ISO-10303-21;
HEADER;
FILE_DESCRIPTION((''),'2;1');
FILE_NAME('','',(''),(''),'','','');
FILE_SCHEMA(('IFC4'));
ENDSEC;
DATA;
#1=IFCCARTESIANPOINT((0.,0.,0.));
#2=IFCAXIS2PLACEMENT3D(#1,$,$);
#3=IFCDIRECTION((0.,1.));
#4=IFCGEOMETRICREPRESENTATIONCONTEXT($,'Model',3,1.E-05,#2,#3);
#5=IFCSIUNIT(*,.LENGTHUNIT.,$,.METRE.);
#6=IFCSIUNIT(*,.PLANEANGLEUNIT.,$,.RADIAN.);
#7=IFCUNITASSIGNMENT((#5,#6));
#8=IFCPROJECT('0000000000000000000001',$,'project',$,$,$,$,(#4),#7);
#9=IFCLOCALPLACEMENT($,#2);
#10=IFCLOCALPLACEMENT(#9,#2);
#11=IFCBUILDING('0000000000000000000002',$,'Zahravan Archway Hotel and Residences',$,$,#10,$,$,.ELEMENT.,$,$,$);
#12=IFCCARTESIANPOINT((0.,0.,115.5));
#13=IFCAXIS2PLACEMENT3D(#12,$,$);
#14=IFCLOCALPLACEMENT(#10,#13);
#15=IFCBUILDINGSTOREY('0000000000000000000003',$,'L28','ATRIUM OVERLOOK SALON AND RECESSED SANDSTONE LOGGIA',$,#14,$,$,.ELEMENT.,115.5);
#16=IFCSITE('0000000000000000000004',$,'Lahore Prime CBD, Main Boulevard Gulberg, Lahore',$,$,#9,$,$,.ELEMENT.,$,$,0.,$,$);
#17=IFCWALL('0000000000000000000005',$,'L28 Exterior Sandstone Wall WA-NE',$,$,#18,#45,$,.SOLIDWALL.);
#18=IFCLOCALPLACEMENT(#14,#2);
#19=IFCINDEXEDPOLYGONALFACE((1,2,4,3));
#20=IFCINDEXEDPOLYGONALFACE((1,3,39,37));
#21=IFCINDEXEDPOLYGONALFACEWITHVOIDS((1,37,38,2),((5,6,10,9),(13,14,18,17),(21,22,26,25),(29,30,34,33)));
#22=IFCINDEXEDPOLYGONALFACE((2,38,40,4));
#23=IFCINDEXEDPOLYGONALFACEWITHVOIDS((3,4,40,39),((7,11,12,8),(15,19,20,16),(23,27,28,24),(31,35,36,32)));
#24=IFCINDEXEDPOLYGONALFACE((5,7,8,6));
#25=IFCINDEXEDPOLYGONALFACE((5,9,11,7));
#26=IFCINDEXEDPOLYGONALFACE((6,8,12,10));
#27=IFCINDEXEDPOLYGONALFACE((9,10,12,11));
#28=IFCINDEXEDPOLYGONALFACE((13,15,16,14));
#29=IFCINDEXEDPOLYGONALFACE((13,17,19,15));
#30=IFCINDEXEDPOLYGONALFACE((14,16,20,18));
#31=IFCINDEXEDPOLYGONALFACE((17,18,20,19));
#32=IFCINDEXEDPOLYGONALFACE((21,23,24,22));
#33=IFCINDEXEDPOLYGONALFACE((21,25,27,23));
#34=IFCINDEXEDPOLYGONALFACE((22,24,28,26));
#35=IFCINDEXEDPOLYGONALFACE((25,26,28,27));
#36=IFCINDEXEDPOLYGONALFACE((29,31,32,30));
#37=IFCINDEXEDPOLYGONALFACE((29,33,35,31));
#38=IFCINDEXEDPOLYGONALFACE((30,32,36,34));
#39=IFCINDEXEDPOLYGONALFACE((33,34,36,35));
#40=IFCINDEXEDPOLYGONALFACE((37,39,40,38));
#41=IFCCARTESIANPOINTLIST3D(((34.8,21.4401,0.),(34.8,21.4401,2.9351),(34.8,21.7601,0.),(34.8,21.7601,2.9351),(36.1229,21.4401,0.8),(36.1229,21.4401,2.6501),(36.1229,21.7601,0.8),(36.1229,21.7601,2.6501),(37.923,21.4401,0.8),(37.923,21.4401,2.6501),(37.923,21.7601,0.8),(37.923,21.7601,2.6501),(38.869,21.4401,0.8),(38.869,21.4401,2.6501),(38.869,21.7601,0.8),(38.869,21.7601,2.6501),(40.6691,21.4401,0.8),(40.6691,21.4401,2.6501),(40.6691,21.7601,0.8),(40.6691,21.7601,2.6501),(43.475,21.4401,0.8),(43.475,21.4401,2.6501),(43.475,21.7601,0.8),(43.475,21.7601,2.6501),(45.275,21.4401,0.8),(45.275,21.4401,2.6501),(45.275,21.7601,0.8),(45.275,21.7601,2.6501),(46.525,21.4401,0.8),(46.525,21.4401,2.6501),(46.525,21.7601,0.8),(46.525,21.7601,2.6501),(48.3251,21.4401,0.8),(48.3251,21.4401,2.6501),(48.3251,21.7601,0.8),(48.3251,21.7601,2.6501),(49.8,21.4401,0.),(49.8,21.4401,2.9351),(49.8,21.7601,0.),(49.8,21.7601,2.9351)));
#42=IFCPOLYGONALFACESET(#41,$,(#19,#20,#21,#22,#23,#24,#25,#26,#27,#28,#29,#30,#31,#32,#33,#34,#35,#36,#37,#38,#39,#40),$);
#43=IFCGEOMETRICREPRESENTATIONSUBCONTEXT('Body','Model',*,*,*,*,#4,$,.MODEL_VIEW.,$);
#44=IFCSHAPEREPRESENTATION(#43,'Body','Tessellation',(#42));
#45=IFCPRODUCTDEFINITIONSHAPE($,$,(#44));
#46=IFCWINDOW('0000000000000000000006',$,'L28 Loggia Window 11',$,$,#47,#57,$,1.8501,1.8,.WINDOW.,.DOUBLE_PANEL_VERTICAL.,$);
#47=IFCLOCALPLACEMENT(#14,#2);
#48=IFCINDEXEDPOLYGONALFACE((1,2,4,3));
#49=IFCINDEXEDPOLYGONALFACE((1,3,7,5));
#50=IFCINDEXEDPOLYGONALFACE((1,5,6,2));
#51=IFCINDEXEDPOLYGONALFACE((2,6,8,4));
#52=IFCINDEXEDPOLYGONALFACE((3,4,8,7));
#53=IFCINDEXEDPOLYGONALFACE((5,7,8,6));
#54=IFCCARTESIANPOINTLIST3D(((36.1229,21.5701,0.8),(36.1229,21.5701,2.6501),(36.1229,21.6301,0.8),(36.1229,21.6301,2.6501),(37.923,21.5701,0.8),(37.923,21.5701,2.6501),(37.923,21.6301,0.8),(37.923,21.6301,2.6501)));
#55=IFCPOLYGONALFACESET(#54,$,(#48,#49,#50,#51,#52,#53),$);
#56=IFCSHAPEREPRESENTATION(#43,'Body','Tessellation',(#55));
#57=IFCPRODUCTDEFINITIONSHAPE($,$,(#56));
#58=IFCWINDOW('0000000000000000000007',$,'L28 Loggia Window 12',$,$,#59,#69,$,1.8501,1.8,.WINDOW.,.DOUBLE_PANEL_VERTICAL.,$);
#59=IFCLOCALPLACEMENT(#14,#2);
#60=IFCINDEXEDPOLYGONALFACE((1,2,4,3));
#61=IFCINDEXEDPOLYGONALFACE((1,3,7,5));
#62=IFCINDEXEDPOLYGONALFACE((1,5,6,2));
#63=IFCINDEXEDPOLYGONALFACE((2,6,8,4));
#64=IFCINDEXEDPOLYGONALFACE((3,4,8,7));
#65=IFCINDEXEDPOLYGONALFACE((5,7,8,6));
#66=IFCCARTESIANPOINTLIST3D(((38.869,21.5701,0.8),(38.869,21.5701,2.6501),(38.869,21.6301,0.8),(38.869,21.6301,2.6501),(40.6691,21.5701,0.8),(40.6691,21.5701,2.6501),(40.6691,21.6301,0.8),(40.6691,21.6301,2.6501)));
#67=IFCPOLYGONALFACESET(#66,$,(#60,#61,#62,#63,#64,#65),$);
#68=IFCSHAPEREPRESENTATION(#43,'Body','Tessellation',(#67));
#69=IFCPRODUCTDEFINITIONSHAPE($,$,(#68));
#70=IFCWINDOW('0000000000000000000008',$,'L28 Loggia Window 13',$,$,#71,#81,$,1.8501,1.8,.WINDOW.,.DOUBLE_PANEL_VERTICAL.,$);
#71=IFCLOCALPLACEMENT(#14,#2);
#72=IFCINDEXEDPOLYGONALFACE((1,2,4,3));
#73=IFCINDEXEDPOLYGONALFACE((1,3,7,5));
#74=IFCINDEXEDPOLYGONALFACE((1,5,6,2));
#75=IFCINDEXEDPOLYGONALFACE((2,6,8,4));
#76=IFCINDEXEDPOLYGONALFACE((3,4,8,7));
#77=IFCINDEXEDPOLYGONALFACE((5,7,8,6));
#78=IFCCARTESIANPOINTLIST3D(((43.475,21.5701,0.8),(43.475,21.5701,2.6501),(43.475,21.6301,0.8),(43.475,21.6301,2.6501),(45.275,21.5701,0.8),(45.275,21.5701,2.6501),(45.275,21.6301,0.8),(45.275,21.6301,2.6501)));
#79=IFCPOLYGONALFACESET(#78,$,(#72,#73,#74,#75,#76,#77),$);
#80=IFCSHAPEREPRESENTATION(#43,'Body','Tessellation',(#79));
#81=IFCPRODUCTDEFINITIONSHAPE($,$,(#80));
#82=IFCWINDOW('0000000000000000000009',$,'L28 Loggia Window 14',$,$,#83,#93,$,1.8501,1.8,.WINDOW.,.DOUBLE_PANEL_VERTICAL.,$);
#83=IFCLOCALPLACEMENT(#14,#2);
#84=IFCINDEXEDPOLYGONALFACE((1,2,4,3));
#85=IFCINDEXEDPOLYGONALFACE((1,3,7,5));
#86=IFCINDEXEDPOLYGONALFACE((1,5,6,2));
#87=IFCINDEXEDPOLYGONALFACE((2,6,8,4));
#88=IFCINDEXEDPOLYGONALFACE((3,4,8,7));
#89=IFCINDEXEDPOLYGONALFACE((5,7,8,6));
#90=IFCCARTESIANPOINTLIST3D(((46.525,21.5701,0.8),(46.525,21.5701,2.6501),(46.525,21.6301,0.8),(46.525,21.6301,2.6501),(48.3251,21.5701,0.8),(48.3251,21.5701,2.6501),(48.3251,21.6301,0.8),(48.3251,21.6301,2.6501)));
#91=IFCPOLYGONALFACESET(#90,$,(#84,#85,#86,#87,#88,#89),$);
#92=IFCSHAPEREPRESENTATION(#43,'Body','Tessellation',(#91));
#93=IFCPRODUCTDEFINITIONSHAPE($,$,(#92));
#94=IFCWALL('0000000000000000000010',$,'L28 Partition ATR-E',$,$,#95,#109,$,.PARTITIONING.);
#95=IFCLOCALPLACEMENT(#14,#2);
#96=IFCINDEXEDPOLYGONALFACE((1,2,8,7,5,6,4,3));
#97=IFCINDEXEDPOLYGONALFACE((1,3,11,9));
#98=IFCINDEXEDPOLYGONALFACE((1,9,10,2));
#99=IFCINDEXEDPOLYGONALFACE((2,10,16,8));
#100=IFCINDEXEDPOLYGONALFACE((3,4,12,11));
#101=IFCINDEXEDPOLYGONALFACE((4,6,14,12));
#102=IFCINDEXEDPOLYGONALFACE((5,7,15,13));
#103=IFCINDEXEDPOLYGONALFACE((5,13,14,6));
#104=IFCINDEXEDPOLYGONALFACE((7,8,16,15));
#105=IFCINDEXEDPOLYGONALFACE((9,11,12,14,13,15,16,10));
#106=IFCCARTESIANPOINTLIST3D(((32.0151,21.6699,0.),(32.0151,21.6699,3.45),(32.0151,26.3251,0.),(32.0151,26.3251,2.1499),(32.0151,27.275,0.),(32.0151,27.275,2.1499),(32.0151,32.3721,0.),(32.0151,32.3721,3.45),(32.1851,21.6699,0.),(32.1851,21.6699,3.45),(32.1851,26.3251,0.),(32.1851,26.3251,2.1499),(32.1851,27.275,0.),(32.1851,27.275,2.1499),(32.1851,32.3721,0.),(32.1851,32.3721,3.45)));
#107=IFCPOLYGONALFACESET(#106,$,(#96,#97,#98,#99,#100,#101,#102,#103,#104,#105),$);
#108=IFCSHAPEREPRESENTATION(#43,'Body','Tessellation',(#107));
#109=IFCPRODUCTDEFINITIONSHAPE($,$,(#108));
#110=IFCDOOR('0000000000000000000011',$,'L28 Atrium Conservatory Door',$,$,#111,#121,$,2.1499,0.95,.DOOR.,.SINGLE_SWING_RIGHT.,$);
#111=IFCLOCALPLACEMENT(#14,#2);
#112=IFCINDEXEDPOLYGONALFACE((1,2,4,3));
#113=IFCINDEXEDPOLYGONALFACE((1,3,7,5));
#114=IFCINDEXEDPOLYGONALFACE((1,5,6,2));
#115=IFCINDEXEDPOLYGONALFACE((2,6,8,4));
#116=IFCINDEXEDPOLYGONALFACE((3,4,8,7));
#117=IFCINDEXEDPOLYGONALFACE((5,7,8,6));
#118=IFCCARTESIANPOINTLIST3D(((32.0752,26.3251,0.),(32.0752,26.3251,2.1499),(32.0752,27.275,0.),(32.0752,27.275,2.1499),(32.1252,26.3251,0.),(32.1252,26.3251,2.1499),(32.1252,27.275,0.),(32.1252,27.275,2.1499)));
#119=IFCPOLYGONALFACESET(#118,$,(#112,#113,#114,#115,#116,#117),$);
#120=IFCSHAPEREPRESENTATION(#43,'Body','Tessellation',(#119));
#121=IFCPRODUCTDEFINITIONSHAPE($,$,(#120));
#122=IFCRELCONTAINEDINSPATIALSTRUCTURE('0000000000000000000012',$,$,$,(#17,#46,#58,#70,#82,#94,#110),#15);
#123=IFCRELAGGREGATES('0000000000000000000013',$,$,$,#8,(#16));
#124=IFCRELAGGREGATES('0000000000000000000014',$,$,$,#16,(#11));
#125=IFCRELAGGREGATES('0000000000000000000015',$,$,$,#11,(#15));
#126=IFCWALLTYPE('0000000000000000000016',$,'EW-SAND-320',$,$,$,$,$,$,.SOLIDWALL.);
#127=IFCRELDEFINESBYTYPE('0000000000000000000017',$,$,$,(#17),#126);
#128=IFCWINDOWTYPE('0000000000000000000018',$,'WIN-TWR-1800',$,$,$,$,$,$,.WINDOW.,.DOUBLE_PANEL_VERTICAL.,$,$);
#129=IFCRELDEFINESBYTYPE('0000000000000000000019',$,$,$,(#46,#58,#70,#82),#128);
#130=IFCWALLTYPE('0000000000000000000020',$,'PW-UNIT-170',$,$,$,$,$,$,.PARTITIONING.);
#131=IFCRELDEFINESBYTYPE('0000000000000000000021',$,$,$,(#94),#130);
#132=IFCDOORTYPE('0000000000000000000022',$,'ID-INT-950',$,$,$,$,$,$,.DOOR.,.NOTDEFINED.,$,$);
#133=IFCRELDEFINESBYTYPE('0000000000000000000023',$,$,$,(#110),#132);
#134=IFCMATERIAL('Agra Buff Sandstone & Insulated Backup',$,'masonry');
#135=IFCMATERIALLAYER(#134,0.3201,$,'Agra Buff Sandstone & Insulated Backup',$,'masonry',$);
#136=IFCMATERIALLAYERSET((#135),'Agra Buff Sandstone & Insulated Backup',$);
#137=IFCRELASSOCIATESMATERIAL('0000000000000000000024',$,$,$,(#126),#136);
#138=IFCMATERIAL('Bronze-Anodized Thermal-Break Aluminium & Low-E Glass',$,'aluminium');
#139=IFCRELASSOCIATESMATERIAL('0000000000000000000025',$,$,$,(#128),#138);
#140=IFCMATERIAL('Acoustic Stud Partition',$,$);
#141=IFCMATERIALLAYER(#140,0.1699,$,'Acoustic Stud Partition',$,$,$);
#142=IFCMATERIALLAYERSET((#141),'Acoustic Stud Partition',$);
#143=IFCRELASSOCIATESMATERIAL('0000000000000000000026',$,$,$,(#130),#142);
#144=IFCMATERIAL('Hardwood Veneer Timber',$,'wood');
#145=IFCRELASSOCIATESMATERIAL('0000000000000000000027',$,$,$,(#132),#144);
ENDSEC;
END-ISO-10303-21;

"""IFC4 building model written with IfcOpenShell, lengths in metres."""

from ifc_helpers import new_model, si_unit, direction, frame, frame_2d, origin, place, context, subcontext, project, spatial, rectangle, extrude, source, transform, mapped, material, layer, layer_set, type_object, type_shapes, element, fill, save


model = new_model("IFC4")

# Units and contexts
model_context = context("Model", 3, precision=1e-05, world=origin(), true_north=direction((0.0, 1.0)))
body_context = subcontext(model_context, "Body", "Model", "MODEL_VIEW")
ifc_project = project(units=[si_unit("LENGTHUNIT", "METRE"), si_unit("PLANEANGLEUNIT", "RADIAN")], contexts=[model_context])

# Site, building, storey
site_placement = place(None, origin())
site = spatial("IfcSite", under=ifc_project, at=site_placement, Name="Lahore Prime CBD, Main Boulevard Gulberg, Lahore", CompositionType="ELEMENT", RefElevation=0.0)
building_placement = place(site_placement, origin())
building = spatial("IfcBuilding", under=site, at=building_placement, Name="Zahravan Archway Hotel and Residences", CompositionType="ELEMENT")
storey_placement = place(building_placement, frame((0.0, 0.0, 115.5)))
storey = spatial("IfcBuildingStorey", under=building, at=storey_placement, Name="L28", Description="ATRIUM OVERLOOK SALON AND RECESSED SANDSTONE LOGGIA", CompositionType="ELEMENT", Elevation=115.5)

# Wall, openings, windows
ifc_material_1 = material(Name="Agra Buff Sandstone & Insulated Backup", Category="masonry")
ifc_layer_1 = layer(ifc_material_1, 0.3201, Name="Agra Buff Sandstone & Insulated Backup", Category="masonry")
ifc_layer_set_1 = layer_set([ifc_layer_1], Name="Agra Buff Sandstone & Insulated Backup")
wall_type_1 = type_object("IfcWallType", Name="EW-SAND-320", PredefinedType="SOLIDWALL", material=ifc_layer_set_1)
wall_1_placement = place(storey_placement, frame((34.8, 21.6001, 0.0), z_axis=(0.0, 0.0, 1.0), x_axis=(1.0, 0.0, 0.0)))
wall_1 = element("IfcWall", 1, at=wall_1_placement, inside=storey, type_object=wall_type_1, Name="L28 Exterior Sandstone Wall WA-NE", PredefinedType="SOLIDWALL", context=body_context, shape_type="SweptSolid", body=[
    extrude(rectangle(XDim=15.0, YDim=0.3201, at=frame_2d((7.5, 0.0))), origin(), (0.0, 0.0, 1.0), 2.9351),
])
opening_1_placement = place(wall_1_placement, frame((1.323, 0.0, 0.8)))
opening_1 = element("IfcOpeningElement", 2, at=opening_1_placement, cuts=wall_1, PredefinedType="OPENING", context=body_context, shape_type="SweptSolid", body=[
    extrude(rectangle(XDim=1.8, YDim=1.8501, at=frame_2d((0.8999, 0.925))), frame((0.0, 0.1699, 0.0), z_axis=(0.0, -1.0, 0.0), x_axis=(1.0, 0.0, 0.0)), (0.0, 0.0, 1.0), 0.3401),
])
opening_2_placement = place(wall_1_placement, frame((4.0691, 0.0, 0.8)))
opening_2 = element("IfcOpeningElement", 3, at=opening_2_placement, cuts=wall_1, PredefinedType="OPENING", context=body_context, shape_type="SweptSolid", body=[
    extrude(rectangle(XDim=1.8, YDim=1.8501, at=frame_2d((0.8999, 0.925))), frame((0.0, 0.1699, 0.0), z_axis=(0.0, -1.0, 0.0), x_axis=(1.0, 0.0, 0.0)), (0.0, 0.0, 1.0), 0.3401),
])
opening_3_placement = place(wall_1_placement, frame((8.675, 0.0, 0.8)))
opening_3 = element("IfcOpeningElement", 4, at=opening_3_placement, cuts=wall_1, PredefinedType="OPENING", context=body_context, shape_type="SweptSolid", body=[
    extrude(rectangle(XDim=1.8, YDim=1.8501, at=frame_2d((0.8999, 0.925))), frame((0.0, 0.1699, 0.0), z_axis=(0.0, -1.0, 0.0), x_axis=(1.0, 0.0, 0.0)), (0.0, 0.0, 1.0), 0.3401),
])
opening_4_placement = place(wall_1_placement, frame((11.7251, 0.0, 0.8)))
opening_4 = element("IfcOpeningElement", 5, at=opening_4_placement, cuts=wall_1, PredefinedType="OPENING", context=body_context, shape_type="SweptSolid", body=[
    extrude(rectangle(XDim=1.8, YDim=1.8501, at=frame_2d((0.8999, 0.925))), frame((0.0, 0.1699, 0.0), z_axis=(0.0, -1.0, 0.0), x_axis=(1.0, 0.0, 0.0)), (0.0, 0.0, 1.0), 0.3401),
])
ifc_material_2 = material(Name="Bronze-Anodized Thermal-Break Aluminium & Low-E Glass", Category="aluminium")
window_type = type_object("IfcWindowType", Name="WIN-TWR-1800", PartitioningType="DOUBLE_PANEL_VERTICAL", PredefinedType="WINDOW", material=ifc_material_2)
shared_shape_1 = source(origin(), body_context, "Body", "SweptSolid", [
    extrude(rectangle(XDim=1.8, YDim=1.8501, at=frame_2d((0.8999, 0.925))), frame((0.0, 0.03, 0.0), z_axis=(0.0, -1.0, 0.0), x_axis=(1.0, 0.0, 0.0)), (0.0, 0.0, 1.0), 0.0601),
])
type_shapes(window_type, [shared_shape_1])
window_1_placement = place(opening_1_placement, origin())
window_1 = element("IfcWindow", 6, at=window_1_placement, inside=storey, type_object=window_type, Name="L28 Loggia Window 11", OverallHeight=1.8501, OverallWidth=1.8, PartitioningType="DOUBLE_PANEL_VERTICAL", PredefinedType="WINDOW", context=body_context, shape_type="MappedRepresentation", body=[
    mapped(shared_shape_1, transform((0.0, 0.0, 0.0), scale=1.0)),
])
fill(opening_1, window_1)
window_2_placement = place(opening_2_placement, origin())
window_2 = element("IfcWindow", 7, at=window_2_placement, inside=storey, type_object=window_type, Name="L28 Loggia Window 12", OverallHeight=1.8501, OverallWidth=1.8, PartitioningType="DOUBLE_PANEL_VERTICAL", PredefinedType="WINDOW", context=body_context, shape_type="MappedRepresentation", body=[
    mapped(shared_shape_1, transform((0.0, 0.0, 0.0), scale=1.0)),
])
fill(opening_2, window_2)
window_3_placement = place(opening_3_placement, origin())
window_3 = element("IfcWindow", 8, at=window_3_placement, inside=storey, type_object=window_type, Name="L28 Loggia Window 13", OverallHeight=1.8501, OverallWidth=1.8, PartitioningType="DOUBLE_PANEL_VERTICAL", PredefinedType="WINDOW", context=body_context, shape_type="MappedRepresentation", body=[
    mapped(shared_shape_1, transform((0.0, 0.0, 0.0), scale=1.0)),
])
fill(opening_3, window_3)
window_4_placement = place(opening_4_placement, origin())
window_4 = element("IfcWindow", 9, at=window_4_placement, inside=storey, type_object=window_type, Name="L28 Loggia Window 14", OverallHeight=1.8501, OverallWidth=1.8, PartitioningType="DOUBLE_PANEL_VERTICAL", PredefinedType="WINDOW", context=body_context, shape_type="MappedRepresentation", body=[
    mapped(shared_shape_1, transform((0.0, 0.0, 0.0), scale=1.0)),
])
fill(opening_4, window_4)

# Wall, opening, door
ifc_material_3 = material(Name="Acoustic Stud Partition")
ifc_layer_2 = layer(ifc_material_3, 0.1699, Name="Acoustic Stud Partition")
ifc_layer_set_2 = layer_set([ifc_layer_2], Name="Acoustic Stud Partition")
wall_type_2 = type_object("IfcWallType", Name="PW-UNIT-170", PredefinedType="PARTITIONING", material=ifc_layer_set_2)
wall_2_placement = place(storey_placement, frame((32.1001, 21.6699, 0.0), z_axis=(0.0, 0.0, 1.0), x_axis=(0.0, 1.0, 0.0)))
wall_2 = element("IfcWall", 10, at=wall_2_placement, inside=storey, type_object=wall_type_2, Name="L28 Partition ATR-E", PredefinedType="PARTITIONING", context=body_context, shape_type="SweptSolid", body=[
    extrude(rectangle(XDim=10.7021, YDim=0.1699, at=frame_2d((5.3511, 0.0))), origin(), (0.0, 0.0, 1.0), 3.45),
])
opening_5_placement = place(wall_2_placement, frame((4.655, 0.0, 0.0)))
opening_5 = element("IfcOpeningElement", 11, at=opening_5_placement, cuts=wall_2, PredefinedType="OPENING", context=body_context, shape_type="SweptSolid", body=[
    extrude(rectangle(XDim=0.95, YDim=2.1499, at=frame_2d((0.4751, 1.075))), frame((0.0, 0.095, 0.0), z_axis=(0.0, -1.0, 0.0), x_axis=(1.0, 0.0, 0.0)), (0.0, 0.0, 1.0), 0.1899),
])
ifc_material_4 = material(Name="Hardwood Veneer Timber", Category="wood")
door_type = type_object("IfcDoorType", Name="ID-INT-950", OperationType="NOTDEFINED", PredefinedType="DOOR", material=ifc_material_4)
shared_shape_2 = source(origin(), body_context, "Body", "SweptSolid", [
    extrude(rectangle(XDim=0.95, YDim=2.1499, at=frame_2d((0.4751, 1.075))), frame((0.0, 0.0249, 0.0), z_axis=(0.0, -1.0, 0.0), x_axis=(1.0, 0.0, 0.0)), (0.0, 0.0, 1.0), 0.05),
])
type_shapes(door_type, [shared_shape_2])
door_placement = place(opening_5_placement, origin())
door = element("IfcDoor", 12, at=door_placement, inside=storey, type_object=door_type, Name="L28 Atrium Conservatory Door", OperationType="SINGLE_SWING_RIGHT", OverallHeight=2.1499, OverallWidth=0.95, PredefinedType="DOOR", context=body_context, shape_type="MappedRepresentation", body=[
    mapped(shared_shape_2, transform((0.0, 0.0, 0.0), scale=1.0)),
])
fill(opening_5, door)

save(model, "model.ifc")
